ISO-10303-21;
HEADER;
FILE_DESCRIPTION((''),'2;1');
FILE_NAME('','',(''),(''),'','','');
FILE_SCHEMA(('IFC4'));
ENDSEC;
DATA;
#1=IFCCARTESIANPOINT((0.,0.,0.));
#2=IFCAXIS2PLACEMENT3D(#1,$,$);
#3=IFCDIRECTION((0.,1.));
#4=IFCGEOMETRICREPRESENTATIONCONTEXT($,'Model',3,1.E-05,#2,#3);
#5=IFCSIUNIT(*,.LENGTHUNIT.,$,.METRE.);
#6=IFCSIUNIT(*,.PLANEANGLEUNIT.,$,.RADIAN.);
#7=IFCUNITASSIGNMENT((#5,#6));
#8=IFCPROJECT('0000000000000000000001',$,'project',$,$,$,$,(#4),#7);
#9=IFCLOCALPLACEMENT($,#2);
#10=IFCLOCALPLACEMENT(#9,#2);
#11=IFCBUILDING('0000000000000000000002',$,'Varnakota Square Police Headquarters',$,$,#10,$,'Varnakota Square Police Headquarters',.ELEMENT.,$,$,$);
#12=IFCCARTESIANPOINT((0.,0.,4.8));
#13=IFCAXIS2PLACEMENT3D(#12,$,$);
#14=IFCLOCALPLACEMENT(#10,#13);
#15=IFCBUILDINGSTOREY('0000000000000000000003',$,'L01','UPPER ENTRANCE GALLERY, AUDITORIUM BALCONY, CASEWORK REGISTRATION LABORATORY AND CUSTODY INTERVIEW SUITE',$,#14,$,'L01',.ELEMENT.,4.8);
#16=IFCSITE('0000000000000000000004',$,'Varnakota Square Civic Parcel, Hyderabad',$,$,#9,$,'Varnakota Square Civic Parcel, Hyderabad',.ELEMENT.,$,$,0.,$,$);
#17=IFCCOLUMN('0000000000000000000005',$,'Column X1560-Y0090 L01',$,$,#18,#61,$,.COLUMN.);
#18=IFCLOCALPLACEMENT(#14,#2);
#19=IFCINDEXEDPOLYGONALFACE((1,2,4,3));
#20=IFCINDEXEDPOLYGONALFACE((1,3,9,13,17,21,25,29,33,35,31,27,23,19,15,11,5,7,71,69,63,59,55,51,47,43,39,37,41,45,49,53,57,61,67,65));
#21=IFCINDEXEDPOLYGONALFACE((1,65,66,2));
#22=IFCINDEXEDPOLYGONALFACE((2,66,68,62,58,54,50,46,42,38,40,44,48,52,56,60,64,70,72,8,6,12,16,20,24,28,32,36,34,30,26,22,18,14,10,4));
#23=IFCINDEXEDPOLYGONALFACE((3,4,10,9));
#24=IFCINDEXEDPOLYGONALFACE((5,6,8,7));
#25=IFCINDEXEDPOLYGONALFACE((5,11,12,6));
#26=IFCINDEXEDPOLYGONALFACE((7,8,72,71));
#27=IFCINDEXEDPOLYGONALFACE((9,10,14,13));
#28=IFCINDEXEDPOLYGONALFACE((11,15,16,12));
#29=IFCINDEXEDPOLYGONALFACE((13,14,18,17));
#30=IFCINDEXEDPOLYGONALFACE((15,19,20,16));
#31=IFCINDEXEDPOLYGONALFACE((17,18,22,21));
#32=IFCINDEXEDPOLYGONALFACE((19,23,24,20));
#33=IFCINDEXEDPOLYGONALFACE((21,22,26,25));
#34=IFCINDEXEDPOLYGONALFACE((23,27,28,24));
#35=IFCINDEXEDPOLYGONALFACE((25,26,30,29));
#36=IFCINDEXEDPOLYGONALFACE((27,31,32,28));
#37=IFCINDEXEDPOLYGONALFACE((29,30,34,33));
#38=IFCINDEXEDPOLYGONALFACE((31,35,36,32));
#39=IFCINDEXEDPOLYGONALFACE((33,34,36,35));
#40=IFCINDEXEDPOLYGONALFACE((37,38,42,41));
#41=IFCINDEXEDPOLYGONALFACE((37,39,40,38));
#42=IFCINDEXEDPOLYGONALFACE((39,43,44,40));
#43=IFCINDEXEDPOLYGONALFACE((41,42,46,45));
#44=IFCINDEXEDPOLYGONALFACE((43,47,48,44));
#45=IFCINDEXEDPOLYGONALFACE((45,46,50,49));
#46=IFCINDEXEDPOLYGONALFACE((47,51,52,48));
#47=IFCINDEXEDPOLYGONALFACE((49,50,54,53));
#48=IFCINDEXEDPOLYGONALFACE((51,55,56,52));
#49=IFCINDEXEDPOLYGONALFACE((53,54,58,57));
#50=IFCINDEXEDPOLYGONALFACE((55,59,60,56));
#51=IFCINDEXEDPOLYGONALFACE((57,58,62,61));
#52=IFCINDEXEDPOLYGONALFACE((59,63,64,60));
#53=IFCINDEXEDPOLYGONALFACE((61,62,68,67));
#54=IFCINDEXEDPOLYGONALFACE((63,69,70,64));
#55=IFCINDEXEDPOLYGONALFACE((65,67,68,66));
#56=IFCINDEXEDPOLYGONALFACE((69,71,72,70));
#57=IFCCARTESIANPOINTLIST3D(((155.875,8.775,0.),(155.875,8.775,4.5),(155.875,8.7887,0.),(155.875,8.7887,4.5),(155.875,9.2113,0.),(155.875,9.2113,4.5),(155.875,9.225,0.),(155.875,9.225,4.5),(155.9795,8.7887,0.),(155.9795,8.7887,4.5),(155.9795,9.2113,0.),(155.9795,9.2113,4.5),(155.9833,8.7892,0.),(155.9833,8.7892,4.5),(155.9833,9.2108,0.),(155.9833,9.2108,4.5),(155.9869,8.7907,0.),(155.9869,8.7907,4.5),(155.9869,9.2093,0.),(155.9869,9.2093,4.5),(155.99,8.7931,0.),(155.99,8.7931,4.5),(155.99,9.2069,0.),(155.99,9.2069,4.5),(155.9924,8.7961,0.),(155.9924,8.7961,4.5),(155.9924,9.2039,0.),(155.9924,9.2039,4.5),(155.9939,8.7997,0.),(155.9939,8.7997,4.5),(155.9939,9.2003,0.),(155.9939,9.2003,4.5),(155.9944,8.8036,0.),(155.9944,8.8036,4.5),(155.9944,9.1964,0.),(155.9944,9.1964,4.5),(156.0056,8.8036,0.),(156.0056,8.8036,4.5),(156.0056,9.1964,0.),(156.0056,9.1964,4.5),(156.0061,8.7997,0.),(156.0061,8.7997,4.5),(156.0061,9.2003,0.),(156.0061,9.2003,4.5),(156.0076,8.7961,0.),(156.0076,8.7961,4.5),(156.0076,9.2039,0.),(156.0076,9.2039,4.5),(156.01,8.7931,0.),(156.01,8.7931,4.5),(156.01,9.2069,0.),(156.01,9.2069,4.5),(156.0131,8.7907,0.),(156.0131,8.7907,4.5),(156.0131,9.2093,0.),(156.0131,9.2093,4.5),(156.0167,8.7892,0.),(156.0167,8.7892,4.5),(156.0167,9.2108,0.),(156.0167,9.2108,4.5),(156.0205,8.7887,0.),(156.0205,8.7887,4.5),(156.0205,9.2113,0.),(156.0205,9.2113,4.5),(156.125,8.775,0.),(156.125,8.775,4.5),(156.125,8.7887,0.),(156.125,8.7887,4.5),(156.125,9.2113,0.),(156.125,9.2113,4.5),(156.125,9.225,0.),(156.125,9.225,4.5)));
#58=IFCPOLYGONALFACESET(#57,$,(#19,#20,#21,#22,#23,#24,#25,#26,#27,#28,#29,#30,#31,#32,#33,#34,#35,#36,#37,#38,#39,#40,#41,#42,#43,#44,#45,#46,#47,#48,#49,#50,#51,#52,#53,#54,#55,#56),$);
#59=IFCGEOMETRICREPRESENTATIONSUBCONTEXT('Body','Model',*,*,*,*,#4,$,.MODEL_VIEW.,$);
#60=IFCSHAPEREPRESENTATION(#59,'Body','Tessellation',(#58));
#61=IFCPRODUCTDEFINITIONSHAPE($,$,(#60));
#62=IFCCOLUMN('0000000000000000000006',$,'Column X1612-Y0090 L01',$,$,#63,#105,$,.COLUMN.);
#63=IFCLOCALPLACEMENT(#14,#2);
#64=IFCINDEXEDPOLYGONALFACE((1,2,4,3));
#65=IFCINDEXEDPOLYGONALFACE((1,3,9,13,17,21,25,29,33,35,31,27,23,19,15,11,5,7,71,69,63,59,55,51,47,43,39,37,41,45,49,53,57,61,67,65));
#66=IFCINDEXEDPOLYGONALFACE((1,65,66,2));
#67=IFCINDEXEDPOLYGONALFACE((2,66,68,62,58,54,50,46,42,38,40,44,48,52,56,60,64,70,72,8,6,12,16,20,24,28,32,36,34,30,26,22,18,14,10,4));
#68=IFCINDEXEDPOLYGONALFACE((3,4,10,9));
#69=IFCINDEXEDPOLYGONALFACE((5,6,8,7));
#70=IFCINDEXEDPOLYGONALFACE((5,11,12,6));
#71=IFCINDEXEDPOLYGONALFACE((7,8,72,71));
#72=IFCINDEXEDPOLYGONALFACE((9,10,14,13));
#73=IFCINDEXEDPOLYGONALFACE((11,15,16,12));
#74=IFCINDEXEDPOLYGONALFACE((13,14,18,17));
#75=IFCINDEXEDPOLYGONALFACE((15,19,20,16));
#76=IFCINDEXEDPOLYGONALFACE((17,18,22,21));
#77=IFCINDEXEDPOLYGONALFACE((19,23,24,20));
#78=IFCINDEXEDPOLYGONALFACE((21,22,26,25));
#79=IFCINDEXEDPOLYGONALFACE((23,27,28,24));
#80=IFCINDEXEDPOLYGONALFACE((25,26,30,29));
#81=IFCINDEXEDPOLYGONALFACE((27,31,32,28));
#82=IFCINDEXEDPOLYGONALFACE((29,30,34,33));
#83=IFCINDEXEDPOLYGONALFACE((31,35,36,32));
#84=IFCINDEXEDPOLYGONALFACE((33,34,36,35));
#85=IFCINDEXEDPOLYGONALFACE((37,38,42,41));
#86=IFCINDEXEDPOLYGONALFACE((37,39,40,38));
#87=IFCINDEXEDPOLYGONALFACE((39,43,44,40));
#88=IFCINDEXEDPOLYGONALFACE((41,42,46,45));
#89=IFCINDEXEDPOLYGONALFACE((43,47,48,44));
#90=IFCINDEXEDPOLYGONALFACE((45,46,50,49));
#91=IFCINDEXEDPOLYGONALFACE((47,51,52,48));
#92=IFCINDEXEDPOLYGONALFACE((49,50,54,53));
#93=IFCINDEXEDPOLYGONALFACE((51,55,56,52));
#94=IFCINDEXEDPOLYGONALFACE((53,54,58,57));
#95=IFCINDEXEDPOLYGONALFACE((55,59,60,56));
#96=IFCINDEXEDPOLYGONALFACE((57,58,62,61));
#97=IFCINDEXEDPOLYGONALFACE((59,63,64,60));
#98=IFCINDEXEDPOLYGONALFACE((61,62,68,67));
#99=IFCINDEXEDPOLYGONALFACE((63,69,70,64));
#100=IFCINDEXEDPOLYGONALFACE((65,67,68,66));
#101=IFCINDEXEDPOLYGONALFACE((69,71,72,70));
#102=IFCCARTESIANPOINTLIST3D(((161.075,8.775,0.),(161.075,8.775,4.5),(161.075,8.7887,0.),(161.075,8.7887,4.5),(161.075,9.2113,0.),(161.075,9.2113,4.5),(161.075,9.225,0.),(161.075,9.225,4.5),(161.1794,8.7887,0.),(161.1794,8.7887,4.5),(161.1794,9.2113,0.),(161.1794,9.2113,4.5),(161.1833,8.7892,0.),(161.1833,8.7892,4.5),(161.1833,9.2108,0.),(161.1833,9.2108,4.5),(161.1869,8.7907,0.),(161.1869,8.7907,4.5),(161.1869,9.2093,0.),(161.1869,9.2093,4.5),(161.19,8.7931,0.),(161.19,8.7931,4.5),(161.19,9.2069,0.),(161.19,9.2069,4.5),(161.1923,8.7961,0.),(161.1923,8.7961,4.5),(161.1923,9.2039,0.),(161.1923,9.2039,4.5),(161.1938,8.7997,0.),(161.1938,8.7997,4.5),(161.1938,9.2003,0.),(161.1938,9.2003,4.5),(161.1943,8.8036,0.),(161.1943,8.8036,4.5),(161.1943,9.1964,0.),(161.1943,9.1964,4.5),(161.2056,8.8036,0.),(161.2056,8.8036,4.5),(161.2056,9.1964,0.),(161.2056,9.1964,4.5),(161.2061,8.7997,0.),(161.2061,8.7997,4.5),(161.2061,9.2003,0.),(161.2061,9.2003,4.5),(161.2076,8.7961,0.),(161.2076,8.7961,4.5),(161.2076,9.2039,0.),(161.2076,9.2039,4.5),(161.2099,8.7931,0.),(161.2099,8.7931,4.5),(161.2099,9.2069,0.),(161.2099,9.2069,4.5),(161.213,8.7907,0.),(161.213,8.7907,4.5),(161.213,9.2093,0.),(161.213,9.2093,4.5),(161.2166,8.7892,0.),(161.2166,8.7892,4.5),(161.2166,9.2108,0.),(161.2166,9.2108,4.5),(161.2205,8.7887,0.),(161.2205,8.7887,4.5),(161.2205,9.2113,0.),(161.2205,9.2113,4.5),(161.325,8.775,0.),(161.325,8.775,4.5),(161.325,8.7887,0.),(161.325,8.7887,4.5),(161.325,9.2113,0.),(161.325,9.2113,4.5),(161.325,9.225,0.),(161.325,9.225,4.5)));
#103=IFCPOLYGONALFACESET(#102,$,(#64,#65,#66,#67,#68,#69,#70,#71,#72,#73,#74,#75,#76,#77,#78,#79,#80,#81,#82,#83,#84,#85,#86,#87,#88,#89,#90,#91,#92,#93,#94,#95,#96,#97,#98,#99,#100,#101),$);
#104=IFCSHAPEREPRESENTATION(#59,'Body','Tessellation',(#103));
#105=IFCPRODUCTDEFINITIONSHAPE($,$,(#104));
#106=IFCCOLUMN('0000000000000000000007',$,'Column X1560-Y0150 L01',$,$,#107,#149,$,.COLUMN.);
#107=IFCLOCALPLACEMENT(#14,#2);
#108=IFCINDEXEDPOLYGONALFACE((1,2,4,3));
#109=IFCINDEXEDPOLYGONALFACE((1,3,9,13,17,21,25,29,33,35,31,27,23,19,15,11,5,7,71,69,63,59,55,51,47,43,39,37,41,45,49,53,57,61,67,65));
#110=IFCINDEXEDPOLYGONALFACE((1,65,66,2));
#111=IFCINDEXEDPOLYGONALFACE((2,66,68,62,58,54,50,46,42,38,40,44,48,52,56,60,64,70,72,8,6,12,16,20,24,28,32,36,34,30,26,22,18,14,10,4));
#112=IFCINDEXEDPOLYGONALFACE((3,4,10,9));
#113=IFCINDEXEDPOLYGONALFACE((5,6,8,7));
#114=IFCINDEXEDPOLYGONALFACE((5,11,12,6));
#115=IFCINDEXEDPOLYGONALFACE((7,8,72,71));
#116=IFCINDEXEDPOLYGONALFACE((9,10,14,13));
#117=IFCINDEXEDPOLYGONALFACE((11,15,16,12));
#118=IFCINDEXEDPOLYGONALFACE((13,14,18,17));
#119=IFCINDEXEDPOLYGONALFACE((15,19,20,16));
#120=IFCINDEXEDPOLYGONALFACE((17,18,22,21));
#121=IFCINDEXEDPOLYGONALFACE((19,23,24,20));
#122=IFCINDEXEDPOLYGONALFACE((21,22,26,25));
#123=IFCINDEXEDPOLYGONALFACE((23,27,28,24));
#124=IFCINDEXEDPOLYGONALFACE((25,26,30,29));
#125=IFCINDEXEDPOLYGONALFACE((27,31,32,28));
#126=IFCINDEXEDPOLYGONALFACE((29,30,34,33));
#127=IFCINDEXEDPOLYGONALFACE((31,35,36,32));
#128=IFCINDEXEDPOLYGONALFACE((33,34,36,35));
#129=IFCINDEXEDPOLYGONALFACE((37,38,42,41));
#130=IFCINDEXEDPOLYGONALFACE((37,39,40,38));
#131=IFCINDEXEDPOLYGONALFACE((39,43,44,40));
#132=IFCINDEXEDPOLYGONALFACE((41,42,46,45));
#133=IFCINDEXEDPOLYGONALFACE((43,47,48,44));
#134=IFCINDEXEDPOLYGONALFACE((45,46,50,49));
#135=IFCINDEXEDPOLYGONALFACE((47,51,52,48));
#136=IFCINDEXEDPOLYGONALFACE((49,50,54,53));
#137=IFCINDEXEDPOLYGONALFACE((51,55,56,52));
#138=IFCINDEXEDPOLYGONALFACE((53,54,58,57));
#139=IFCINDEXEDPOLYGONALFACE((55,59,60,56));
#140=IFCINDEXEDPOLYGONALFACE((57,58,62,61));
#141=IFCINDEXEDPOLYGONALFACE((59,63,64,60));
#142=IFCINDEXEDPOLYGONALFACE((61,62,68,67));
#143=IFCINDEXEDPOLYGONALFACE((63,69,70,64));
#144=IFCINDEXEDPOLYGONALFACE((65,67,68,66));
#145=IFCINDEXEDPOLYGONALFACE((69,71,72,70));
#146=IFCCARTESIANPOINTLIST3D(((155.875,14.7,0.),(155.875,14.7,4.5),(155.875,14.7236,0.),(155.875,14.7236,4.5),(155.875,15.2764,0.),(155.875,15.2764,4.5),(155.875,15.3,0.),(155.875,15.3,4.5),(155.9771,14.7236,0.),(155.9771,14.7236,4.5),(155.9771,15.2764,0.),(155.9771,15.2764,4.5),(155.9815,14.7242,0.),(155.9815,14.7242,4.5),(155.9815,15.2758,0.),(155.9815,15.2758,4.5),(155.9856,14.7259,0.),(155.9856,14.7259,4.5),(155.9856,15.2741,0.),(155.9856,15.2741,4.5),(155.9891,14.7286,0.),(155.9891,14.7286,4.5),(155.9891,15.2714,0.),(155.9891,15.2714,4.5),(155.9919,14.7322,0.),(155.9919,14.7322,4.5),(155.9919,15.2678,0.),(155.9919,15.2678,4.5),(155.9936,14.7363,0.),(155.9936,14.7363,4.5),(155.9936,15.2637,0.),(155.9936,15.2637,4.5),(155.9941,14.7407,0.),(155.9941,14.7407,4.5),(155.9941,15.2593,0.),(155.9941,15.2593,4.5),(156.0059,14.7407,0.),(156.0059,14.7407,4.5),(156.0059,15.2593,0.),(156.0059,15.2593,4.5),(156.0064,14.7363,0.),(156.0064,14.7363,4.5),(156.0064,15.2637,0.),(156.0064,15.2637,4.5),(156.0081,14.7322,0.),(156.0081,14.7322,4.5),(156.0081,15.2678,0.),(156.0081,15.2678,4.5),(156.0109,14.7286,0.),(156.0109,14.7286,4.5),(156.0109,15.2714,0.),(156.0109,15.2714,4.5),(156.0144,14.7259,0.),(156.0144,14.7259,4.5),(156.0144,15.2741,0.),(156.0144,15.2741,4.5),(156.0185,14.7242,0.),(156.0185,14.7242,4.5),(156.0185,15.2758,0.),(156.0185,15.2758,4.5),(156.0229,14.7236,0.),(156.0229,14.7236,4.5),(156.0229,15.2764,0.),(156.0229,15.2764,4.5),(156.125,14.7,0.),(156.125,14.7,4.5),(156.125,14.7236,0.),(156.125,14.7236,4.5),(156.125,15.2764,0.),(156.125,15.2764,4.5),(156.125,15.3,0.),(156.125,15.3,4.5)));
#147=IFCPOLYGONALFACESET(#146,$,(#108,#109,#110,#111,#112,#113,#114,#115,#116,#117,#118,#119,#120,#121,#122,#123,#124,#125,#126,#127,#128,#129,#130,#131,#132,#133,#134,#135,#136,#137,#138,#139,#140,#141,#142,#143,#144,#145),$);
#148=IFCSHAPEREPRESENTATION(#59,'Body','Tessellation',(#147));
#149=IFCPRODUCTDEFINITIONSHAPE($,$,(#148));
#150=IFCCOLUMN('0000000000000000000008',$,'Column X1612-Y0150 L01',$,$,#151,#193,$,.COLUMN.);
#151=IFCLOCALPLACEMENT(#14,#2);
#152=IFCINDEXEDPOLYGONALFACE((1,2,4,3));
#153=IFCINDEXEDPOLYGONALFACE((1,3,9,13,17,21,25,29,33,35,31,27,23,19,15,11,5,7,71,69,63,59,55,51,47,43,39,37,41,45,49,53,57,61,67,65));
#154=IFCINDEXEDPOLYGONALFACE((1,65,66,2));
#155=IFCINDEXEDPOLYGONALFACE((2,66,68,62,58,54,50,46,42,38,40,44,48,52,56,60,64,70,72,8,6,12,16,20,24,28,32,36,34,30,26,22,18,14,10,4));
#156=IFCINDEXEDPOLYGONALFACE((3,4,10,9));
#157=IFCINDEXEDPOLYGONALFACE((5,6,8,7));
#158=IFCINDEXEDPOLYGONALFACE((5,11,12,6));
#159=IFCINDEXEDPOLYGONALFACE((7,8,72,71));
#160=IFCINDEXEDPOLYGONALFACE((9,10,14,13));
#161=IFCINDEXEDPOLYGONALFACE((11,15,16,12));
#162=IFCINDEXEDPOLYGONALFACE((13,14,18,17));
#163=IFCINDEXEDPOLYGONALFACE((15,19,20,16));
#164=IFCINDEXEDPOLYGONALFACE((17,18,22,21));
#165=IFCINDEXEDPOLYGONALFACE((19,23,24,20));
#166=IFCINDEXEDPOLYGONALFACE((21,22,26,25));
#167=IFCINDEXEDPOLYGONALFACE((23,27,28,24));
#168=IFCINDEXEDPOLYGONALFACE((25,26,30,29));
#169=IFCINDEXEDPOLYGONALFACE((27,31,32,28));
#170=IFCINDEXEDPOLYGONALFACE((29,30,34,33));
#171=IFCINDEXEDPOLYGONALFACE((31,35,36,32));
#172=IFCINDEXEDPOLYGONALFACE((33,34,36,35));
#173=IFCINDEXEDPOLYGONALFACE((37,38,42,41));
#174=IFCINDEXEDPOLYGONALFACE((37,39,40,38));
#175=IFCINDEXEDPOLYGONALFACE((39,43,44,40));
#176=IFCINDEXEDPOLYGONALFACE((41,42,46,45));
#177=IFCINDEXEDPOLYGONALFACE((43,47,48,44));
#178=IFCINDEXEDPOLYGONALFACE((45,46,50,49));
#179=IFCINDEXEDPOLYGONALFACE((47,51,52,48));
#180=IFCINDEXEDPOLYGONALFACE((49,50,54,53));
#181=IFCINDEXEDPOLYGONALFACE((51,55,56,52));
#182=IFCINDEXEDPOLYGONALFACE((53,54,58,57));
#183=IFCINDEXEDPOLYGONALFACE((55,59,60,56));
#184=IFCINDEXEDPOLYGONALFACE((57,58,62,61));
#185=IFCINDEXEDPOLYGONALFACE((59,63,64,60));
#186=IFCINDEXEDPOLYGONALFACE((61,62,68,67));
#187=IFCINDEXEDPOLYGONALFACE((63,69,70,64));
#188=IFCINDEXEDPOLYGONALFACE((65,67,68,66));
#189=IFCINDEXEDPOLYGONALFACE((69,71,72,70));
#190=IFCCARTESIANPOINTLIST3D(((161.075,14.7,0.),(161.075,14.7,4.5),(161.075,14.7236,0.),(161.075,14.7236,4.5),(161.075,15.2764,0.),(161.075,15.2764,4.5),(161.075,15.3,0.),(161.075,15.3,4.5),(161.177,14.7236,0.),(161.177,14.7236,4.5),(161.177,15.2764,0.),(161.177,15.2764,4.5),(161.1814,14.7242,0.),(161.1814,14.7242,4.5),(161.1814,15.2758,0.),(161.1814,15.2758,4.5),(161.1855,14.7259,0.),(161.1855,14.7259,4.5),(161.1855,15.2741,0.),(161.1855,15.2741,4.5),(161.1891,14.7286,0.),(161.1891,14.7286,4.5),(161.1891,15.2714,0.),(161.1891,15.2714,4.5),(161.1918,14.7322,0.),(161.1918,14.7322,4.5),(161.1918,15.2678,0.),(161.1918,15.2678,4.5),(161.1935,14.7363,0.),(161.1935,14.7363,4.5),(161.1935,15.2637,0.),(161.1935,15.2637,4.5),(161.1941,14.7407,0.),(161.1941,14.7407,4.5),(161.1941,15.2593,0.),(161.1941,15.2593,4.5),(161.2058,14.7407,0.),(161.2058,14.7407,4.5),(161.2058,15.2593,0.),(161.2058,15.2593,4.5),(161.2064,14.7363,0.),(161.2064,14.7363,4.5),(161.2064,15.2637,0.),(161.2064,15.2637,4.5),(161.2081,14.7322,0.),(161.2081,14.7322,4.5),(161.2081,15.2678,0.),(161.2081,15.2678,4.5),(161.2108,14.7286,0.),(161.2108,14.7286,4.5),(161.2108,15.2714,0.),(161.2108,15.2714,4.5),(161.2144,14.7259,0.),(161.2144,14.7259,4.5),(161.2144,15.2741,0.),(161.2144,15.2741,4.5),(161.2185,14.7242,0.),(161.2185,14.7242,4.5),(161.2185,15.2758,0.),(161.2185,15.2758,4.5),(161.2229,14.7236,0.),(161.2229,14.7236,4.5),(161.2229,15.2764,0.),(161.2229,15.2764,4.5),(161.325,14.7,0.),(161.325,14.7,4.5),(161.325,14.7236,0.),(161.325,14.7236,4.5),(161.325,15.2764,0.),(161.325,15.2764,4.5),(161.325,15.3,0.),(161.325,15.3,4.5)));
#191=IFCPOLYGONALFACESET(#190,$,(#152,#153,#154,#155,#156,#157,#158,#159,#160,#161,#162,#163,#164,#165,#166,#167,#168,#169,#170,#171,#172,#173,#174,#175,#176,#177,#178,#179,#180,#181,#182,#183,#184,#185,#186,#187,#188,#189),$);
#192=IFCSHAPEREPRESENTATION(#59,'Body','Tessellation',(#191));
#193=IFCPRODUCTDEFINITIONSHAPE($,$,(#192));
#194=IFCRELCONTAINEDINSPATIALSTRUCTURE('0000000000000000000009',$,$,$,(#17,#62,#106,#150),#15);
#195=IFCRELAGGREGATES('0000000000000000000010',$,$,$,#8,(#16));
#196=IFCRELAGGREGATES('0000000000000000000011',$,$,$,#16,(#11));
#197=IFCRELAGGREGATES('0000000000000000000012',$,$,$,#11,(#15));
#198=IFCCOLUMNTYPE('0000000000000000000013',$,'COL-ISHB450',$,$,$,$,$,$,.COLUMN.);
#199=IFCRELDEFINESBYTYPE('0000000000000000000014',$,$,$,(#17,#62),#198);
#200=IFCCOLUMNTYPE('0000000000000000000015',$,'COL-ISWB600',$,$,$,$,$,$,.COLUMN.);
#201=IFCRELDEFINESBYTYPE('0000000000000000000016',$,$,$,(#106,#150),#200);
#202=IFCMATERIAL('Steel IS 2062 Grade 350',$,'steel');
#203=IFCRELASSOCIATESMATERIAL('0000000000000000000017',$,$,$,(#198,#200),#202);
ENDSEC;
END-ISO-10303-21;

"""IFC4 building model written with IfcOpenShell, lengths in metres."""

from ifc_helpers import new_model, si_unit, direction, frame, origin, origin_2d, place, context, subcontext, project, spatial, i_section, extrude, material, material_profile, profile_set, type_object, element, save


model = new_model("IFC4")

# Units and contexts
model_context = context("Model", 3, precision=1e-05, world=origin(), true_north=direction((0.0, 1.0)))
body_context = subcontext(model_context, "Body", "Model", "MODEL_VIEW")
ifc_project = project(units=[si_unit("LENGTHUNIT", "METRE"), si_unit("PLANEANGLEUNIT", "RADIAN")], contexts=[model_context])

# Site, building, storey
site_placement = place(None, origin())
site = spatial("IfcSite", under=ifc_project, at=site_placement, Name="Varnakota Square Civic Parcel, Hyderabad", LongName="Varnakota Square Civic Parcel, Hyderabad", CompositionType="ELEMENT", RefElevation=0.0)
building_placement = place(site_placement, origin())
building = spatial("IfcBuilding", under=site, at=building_placement, Name="Varnakota Square Police Headquarters", LongName="Varnakota Square Police Headquarters", CompositionType="ELEMENT")
storey_placement = place(building_placement, frame((0.0, 0.0, 4.8)))
storey = spatial("IfcBuildingStorey", under=building, at=storey_placement, Name="L01", Description="UPPER ENTRANCE GALLERY, AUDITORIUM BALCONY, CASEWORK REGISTRATION LABORATORY AND CUSTODY INTERVIEW SUITE", LongName="L01", CompositionType="ELEMENT", Elevation=4.8)

# Columns
ifc_material_1 = material(Name="Steel IS 2062 Grade 350", Category="steel")
ifc_material_profile_1 = material_profile(ifc_material_1, i_section(OverallWidth=0.25, OverallDepth=0.45, WebThickness=0.0112, FlangeThickness=0.0137, FilletRadius=0.0149, at=origin_2d()), Name="ISHB 450")
ifc_profile_set_1 = profile_set([ifc_material_profile_1], Name="Steel IS 2062 Grade 350")
column_type_1 = type_object("IfcColumnType", Name="COL-ISHB450", PredefinedType="COLUMN", material=ifc_profile_set_1)
for number, where, z_axis, x_axis, name in (
    (1, (156.0, 9.0, 0.0), (0.0, 0.0, 1.0), (1.0, 0.0, 0.0), "Column X1560-Y0090 L01"),
    (2, (161.2, 9.0, 0.0), (0.0, 0.0, 1.0), (1.0, 0.0, 0.0), "Column X1612-Y0090 L01"),
):
    element("IfcColumn", number, at=place(storey_placement, frame(where, z_axis=z_axis, x_axis=x_axis)), inside=storey, type_object=column_type_1, Name=name, PredefinedType="COLUMN", context=body_context, shape_type="SweptSolid", body=[
        extrude(i_section(OverallWidth=0.25, OverallDepth=0.45, WebThickness=0.0112, FlangeThickness=0.0137, FilletRadius=0.0149, at=origin_2d()), origin(), (0.0, 0.0, 1.0), 4.5),
    ])
ifc_material_profile_2 = material_profile(ifc_material_1, i_section(OverallWidth=0.25, OverallDepth=0.6001, WebThickness=0.0117, FlangeThickness=0.0237, FilletRadius=0.0171, at=origin_2d()), Name="ISWB 600")
ifc_profile_set_2 = profile_set([ifc_material_profile_2], Name="Steel IS 2062 Grade 350")
column_type_2 = type_object("IfcColumnType", Name="COL-ISWB600", PredefinedType="COLUMN", material=ifc_profile_set_2)
for number, where, z_axis, x_axis, name in (
    (3, (156.0, 15.0, 0.0), (0.0, 0.0, 1.0), (1.0, 0.0, 0.0), "Column X1560-Y0150 L01"),
    (4, (161.2, 15.0, 0.0), (0.0, 0.0, 1.0), (1.0, 0.0, 0.0), "Column X1612-Y0150 L01"),
):
    element("IfcColumn", number, at=place(storey_placement, frame(where, z_axis=z_axis, x_axis=x_axis)), inside=storey, type_object=column_type_2, Name=name, PredefinedType="COLUMN", context=body_context, shape_type="SweptSolid", body=[
        extrude(i_section(OverallWidth=0.25, OverallDepth=0.6001, WebThickness=0.0117, FlangeThickness=0.0237, FilletRadius=0.0171, at=origin_2d()), origin(), (0.0, 0.0, 1.0), 4.5),
    ])

save(model, "model.ifc")
